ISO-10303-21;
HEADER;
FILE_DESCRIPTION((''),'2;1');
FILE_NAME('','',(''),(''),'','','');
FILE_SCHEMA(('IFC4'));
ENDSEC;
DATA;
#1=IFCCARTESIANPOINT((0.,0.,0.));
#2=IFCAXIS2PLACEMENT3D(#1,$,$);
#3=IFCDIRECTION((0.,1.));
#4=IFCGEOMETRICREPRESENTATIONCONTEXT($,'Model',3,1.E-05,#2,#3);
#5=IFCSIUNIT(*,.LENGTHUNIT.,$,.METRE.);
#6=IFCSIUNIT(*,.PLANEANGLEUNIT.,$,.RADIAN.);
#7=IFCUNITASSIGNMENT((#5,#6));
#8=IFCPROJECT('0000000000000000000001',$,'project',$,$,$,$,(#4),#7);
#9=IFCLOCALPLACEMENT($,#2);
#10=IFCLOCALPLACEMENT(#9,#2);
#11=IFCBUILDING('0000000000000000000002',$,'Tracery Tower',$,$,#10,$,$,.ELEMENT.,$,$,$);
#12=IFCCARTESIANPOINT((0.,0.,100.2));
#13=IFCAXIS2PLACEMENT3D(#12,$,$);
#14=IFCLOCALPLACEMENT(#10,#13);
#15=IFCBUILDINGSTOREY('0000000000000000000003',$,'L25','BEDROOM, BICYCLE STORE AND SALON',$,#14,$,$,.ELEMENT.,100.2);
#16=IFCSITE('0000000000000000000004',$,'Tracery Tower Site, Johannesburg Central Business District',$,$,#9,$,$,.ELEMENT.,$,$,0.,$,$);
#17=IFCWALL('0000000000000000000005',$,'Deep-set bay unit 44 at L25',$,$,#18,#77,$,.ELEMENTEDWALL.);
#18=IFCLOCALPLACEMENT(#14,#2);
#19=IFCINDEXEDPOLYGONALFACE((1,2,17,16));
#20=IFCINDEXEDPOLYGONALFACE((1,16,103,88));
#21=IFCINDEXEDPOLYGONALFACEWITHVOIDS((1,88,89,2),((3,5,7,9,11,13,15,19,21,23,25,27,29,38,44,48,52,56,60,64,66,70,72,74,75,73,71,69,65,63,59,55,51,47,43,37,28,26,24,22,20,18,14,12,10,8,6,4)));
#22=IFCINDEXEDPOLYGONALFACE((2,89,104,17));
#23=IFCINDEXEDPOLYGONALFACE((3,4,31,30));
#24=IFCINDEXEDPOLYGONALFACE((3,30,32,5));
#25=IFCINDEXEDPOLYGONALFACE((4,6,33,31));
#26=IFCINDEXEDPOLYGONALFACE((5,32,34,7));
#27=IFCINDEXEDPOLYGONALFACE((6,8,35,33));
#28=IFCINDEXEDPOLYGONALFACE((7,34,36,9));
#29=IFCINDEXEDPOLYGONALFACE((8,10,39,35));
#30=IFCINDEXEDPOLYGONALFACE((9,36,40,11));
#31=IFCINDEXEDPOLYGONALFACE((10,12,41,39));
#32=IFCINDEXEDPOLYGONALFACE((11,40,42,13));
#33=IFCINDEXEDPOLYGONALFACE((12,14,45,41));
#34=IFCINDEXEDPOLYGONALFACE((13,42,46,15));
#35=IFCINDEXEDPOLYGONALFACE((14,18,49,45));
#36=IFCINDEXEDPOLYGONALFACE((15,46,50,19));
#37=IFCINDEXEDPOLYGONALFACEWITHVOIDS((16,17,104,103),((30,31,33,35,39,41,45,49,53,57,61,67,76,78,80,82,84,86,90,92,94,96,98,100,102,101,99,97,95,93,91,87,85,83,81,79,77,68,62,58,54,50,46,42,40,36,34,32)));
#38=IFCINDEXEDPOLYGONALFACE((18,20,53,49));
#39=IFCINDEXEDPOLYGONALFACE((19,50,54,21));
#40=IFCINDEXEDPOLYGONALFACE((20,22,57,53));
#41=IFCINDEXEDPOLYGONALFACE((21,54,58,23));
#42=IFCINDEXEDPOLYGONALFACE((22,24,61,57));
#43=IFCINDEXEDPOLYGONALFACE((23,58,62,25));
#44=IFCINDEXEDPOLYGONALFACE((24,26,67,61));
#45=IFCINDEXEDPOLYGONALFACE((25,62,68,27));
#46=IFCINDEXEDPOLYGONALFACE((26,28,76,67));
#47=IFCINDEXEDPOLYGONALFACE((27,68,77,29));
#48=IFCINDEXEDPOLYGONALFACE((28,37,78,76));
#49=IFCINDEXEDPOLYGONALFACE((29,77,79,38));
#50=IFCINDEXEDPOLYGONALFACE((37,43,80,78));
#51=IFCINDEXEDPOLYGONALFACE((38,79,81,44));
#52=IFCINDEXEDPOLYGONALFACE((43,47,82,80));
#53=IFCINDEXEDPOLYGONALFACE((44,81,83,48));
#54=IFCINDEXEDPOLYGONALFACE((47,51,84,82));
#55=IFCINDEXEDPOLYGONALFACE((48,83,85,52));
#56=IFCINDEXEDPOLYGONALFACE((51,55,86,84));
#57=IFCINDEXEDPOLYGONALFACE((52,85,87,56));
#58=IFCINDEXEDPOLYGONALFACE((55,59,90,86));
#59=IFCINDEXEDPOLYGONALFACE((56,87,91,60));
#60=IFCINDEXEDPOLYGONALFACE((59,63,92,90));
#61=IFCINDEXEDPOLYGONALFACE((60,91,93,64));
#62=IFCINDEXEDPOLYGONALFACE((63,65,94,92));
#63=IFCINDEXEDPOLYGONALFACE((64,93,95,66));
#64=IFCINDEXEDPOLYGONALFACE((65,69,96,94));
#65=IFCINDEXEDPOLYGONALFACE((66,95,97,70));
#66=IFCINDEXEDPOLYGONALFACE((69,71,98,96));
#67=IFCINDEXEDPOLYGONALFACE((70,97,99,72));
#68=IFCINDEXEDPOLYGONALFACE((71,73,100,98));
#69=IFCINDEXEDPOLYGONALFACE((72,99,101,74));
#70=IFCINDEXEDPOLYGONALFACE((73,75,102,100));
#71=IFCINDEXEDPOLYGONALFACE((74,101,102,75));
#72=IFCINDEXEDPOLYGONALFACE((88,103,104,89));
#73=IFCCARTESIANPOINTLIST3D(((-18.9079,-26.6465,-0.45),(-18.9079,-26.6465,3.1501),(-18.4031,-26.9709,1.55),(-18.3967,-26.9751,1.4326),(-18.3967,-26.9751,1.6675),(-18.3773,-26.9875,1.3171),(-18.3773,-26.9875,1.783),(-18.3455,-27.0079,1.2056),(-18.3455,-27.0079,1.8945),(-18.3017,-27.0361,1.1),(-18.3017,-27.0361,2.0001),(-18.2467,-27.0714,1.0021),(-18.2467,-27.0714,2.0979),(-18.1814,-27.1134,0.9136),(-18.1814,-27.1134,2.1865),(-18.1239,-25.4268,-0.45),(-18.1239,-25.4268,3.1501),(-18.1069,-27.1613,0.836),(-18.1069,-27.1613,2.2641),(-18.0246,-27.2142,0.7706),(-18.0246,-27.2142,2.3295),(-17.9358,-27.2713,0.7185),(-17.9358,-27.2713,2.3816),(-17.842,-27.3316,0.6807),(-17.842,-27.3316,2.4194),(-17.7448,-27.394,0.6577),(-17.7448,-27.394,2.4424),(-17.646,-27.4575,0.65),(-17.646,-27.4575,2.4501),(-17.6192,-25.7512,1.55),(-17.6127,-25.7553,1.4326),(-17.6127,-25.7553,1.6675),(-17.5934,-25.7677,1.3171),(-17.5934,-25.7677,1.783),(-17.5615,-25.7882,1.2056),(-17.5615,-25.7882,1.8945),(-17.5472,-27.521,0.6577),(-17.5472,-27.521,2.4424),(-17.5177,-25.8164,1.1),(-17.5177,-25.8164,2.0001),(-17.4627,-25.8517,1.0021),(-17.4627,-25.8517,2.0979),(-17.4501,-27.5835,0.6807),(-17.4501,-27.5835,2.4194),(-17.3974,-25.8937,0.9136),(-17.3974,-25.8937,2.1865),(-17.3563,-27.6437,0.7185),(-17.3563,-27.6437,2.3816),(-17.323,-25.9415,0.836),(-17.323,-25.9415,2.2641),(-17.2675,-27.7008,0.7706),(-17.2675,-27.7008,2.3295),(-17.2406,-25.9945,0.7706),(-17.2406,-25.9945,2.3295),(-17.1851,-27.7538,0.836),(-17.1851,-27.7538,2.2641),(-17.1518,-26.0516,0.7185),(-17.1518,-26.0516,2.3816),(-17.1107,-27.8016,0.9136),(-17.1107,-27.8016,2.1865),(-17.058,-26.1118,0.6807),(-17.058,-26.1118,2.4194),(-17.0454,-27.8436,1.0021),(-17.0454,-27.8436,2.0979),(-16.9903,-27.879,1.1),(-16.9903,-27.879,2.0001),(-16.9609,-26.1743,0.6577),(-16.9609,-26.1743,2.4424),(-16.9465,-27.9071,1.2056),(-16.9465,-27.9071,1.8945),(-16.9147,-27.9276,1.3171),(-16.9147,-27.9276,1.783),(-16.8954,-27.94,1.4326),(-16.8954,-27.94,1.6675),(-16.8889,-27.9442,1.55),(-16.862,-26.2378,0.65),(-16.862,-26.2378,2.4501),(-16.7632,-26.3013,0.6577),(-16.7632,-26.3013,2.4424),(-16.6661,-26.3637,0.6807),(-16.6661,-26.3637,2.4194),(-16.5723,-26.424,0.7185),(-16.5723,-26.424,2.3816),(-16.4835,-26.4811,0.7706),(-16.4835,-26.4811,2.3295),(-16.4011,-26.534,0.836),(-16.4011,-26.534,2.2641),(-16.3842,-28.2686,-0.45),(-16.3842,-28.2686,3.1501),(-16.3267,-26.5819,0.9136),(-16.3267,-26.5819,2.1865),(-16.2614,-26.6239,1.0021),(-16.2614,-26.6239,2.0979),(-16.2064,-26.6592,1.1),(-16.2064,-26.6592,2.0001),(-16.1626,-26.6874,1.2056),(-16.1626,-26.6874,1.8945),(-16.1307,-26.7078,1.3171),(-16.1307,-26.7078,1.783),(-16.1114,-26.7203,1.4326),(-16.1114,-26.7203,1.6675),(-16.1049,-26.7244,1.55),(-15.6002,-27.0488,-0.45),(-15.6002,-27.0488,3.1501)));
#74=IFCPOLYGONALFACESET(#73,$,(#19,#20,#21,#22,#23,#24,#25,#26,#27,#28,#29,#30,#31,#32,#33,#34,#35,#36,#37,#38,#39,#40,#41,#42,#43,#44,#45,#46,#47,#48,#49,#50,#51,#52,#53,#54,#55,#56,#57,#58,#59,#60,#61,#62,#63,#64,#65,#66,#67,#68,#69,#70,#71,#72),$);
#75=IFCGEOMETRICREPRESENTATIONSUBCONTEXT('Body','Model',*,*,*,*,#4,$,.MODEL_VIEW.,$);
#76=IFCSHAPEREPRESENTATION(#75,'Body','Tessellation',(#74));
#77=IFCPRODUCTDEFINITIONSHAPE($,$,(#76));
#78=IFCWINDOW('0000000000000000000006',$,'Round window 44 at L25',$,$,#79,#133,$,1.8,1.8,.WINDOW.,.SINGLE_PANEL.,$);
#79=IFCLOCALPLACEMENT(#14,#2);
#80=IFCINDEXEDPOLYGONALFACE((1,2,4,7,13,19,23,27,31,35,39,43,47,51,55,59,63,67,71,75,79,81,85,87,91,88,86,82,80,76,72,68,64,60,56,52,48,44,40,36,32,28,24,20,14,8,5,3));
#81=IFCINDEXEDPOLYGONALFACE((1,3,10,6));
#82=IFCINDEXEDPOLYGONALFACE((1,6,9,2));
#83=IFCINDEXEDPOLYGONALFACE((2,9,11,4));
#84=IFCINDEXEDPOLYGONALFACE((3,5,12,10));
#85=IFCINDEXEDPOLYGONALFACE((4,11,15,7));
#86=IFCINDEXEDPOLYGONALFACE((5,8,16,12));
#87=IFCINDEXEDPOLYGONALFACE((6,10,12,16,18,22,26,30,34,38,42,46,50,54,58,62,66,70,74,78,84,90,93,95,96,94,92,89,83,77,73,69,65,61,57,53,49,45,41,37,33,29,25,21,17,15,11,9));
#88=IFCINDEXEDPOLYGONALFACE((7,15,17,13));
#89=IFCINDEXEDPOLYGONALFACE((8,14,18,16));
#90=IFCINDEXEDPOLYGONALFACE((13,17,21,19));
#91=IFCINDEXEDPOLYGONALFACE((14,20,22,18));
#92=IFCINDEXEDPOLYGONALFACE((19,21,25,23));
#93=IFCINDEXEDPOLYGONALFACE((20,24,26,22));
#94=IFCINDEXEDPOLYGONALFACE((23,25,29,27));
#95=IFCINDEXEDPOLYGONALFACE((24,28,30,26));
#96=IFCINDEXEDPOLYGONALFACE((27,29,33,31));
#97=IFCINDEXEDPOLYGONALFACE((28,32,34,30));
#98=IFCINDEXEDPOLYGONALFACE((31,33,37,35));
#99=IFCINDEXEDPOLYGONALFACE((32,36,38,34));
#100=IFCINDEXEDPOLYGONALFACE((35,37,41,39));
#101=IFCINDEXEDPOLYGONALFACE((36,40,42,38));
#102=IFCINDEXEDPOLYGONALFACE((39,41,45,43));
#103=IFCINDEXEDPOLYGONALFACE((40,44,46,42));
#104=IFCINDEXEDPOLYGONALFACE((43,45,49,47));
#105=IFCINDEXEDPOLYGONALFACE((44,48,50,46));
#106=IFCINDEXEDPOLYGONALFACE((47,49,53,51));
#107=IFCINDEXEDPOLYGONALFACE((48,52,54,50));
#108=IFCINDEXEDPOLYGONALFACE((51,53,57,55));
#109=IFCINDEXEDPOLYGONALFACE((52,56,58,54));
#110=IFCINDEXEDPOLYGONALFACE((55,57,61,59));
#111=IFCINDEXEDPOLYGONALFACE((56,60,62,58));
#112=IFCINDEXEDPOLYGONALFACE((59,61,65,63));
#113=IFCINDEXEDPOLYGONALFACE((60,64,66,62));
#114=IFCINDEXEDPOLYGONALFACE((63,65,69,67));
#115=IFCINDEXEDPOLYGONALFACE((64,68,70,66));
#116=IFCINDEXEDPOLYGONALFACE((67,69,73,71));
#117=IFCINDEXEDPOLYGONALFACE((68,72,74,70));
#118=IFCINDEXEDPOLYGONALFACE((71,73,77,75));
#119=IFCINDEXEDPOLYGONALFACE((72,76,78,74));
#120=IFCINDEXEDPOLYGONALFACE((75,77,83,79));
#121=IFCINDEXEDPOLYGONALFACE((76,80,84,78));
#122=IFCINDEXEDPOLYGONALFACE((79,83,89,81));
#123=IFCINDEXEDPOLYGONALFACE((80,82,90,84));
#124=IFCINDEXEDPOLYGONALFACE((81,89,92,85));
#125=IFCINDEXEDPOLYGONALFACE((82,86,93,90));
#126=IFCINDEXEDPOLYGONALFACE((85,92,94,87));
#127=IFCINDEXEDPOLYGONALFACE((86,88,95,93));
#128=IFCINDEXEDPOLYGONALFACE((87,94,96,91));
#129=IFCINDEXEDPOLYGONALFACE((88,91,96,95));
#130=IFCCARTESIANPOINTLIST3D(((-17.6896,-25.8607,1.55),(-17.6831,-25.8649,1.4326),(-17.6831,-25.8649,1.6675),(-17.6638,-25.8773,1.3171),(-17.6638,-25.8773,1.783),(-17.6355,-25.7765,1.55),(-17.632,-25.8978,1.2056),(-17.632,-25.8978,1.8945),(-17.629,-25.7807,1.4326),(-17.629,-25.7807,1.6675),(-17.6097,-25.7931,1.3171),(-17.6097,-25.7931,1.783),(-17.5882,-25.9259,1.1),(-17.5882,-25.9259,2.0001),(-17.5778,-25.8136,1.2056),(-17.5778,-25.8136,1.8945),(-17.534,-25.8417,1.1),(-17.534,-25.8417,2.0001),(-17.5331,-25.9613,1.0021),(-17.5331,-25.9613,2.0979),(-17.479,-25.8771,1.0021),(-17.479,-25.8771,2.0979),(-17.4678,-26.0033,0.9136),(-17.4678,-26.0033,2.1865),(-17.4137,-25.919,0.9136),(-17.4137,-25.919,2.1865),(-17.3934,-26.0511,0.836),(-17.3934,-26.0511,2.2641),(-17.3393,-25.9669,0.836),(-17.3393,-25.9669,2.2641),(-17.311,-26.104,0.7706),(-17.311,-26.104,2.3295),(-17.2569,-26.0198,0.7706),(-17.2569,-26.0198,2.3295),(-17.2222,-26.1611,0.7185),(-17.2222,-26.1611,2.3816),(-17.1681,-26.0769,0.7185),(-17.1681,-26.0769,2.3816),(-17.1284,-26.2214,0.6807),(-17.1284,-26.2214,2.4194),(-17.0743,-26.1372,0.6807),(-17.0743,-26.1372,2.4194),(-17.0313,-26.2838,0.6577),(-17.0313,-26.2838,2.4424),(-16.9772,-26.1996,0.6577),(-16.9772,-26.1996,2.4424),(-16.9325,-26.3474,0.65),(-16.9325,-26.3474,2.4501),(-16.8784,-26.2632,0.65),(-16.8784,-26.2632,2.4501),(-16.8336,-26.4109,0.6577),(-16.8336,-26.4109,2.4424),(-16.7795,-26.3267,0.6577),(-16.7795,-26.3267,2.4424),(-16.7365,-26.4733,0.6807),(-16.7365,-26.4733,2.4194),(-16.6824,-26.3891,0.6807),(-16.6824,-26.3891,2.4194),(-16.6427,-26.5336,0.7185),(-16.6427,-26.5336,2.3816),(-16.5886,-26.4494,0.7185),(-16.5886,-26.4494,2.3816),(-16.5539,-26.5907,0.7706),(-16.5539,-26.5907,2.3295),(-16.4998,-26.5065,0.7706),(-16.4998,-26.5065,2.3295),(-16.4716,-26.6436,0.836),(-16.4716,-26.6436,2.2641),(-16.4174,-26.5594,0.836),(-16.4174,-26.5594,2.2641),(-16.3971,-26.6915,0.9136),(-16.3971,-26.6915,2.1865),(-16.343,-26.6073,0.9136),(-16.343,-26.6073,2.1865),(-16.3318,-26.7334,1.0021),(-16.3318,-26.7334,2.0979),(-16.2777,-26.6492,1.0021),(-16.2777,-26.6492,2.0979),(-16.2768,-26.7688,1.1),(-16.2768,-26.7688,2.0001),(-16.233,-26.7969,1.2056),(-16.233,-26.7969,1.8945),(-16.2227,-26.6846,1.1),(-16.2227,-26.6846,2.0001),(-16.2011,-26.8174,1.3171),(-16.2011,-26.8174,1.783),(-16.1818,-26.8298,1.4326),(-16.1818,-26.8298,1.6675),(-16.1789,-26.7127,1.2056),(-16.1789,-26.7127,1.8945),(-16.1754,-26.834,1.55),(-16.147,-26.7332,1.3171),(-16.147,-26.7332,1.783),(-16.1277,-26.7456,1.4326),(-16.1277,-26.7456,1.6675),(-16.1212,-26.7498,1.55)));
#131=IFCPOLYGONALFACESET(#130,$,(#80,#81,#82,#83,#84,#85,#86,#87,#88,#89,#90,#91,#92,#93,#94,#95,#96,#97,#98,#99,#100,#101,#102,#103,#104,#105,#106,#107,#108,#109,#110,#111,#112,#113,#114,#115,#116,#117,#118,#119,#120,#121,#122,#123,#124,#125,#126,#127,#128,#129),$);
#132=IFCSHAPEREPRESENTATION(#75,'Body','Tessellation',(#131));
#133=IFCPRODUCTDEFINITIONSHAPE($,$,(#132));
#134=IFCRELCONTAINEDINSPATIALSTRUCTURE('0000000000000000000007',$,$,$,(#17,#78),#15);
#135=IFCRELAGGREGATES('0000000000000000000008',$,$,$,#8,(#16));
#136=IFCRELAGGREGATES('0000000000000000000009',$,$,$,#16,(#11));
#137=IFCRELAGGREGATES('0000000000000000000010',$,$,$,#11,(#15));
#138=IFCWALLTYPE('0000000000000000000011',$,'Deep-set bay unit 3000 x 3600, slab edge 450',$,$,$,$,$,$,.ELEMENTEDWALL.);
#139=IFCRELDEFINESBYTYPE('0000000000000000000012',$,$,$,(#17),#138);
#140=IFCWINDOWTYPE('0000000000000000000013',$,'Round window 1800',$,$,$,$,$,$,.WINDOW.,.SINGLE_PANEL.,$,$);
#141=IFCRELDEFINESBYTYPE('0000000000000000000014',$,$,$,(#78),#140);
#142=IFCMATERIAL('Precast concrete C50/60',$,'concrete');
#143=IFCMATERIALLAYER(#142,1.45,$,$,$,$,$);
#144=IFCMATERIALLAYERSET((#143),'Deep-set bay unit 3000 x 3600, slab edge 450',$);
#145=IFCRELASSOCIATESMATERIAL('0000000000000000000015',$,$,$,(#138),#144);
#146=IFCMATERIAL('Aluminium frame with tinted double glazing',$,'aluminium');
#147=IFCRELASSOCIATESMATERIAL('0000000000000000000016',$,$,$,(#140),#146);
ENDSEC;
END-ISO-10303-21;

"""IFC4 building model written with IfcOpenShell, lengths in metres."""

from ifc_helpers import new_model, si_unit, direction, frame, frame_2d, origin, origin_2d, place, context, subcontext, project, spatial, rectangle, circle, extrude, material, layer, layer_set, type_object, element, fill, save


model = new_model("IFC4")

# Units and contexts
model_context = context("Model", 3, precision=1e-05, world=origin(), true_north=direction((0.0, 1.0)))
body_context = subcontext(model_context, "Body", "Model", "MODEL_VIEW")
ifc_project = project(units=[si_unit("LENGTHUNIT", "METRE"), si_unit("PLANEANGLEUNIT", "RADIAN")], contexts=[model_context])

# Site, building, storey
site_placement = place(None, origin())
site = spatial("IfcSite", under=ifc_project, at=site_placement, Name="Tracery Tower Site, Johannesburg Central Business District", CompositionType="ELEMENT", RefElevation=0.0)
building_placement = place(site_placement, origin())
building = spatial("IfcBuilding", under=site, at=building_placement, Name="Tracery Tower", CompositionType="ELEMENT")
storey_placement = place(building_placement, frame((0.0, 0.0, 100.2)))
storey = spatial("IfcBuildingStorey", under=building, at=storey_placement, Name="L25", Description="BEDROOM, BICYCLE STORE AND SALON", CompositionType="ELEMENT", Elevation=100.2)

# Wall, opening, window
ifc_material_1 = material(Name="Precast concrete C50/60", Category="concrete")
ifc_layer_1 = layer(ifc_material_1, 1.45)
ifc_layer_set_1 = layer_set([ifc_layer_1], Name="Deep-set bay unit 3000 x 3600, slab edge 450")
wall_type_1 = type_object("IfcWallType", Name="Deep-set bay unit 3000 x 3600, slab edge 450", PredefinedType="ELEMENTEDWALL", material=ifc_layer_set_1)
ifc_material_2 = material(Name="Aluminium frame with tinted double glazing", Category="aluminium")
window_type = type_object("IfcWindowType", Name="Round window 1800", PartitioningType="SINGLE_PANEL", PredefinedType="WINDOW", material=ifc_material_2)
wall_1_placement = place(storey_placement, frame((-18.5159, -26.0366, -0.45), z_axis=(0.0, 0.0, 1.0), x_axis=(0.841223, -0.540688, 0.0)))
wall_1 = element("IfcWall", 1, at=wall_1_placement, inside=storey, type_object=wall_type_1, Name="Deep-set bay unit 44 at L25", PredefinedType="ELEMENTEDWALL", context=body_context, shape_type="SweptSolid", body=[
    extrude(rectangle(XDim=3.0, YDim=1.45, at=frame_2d((1.5, 0.0))), origin(), (0.0, 0.0, 1.0), 3.6001),
])
opening_1_placement = place(wall_1_placement, frame((1.5, 0.0, 2.0)))
opening_1 = element("IfcOpeningElement", 2, at=opening_1_placement, cuts=wall_1, PredefinedType="OPENING", context=body_context, shape_type="SweptSolid", body=[
    extrude(circle(Radius=0.9, at=origin_2d()), frame((0.0, 0.7349, 0.0), z_axis=(0.0, -1.0, 0.0), x_axis=(1.0, 0.0, 0.0)), (0.0, 0.0, 1.0), 1.47),
])
window_1_placement = place(opening_1_placement, origin())
window_1 = element("IfcWindow", 3, at=window_1_placement, inside=storey, type_object=window_type, Name="Round window 44 at L25", OverallHeight=1.8, OverallWidth=1.8, PartitioningType="SINGLE_PANEL", PredefinedType="WINDOW", context=body_context, shape_type="SweptSolid", body=[
    extrude(circle(Radius=0.9, at=origin_2d()), frame((0.0, 0.6948, 0.0), z_axis=(0.0, -1.0, 0.0), x_axis=(1.0, 0.0, 0.0)), (0.0, 0.0, 1.0), 0.1001),
])
fill(opening_1, window_1)

save(model, "model.ifc")
